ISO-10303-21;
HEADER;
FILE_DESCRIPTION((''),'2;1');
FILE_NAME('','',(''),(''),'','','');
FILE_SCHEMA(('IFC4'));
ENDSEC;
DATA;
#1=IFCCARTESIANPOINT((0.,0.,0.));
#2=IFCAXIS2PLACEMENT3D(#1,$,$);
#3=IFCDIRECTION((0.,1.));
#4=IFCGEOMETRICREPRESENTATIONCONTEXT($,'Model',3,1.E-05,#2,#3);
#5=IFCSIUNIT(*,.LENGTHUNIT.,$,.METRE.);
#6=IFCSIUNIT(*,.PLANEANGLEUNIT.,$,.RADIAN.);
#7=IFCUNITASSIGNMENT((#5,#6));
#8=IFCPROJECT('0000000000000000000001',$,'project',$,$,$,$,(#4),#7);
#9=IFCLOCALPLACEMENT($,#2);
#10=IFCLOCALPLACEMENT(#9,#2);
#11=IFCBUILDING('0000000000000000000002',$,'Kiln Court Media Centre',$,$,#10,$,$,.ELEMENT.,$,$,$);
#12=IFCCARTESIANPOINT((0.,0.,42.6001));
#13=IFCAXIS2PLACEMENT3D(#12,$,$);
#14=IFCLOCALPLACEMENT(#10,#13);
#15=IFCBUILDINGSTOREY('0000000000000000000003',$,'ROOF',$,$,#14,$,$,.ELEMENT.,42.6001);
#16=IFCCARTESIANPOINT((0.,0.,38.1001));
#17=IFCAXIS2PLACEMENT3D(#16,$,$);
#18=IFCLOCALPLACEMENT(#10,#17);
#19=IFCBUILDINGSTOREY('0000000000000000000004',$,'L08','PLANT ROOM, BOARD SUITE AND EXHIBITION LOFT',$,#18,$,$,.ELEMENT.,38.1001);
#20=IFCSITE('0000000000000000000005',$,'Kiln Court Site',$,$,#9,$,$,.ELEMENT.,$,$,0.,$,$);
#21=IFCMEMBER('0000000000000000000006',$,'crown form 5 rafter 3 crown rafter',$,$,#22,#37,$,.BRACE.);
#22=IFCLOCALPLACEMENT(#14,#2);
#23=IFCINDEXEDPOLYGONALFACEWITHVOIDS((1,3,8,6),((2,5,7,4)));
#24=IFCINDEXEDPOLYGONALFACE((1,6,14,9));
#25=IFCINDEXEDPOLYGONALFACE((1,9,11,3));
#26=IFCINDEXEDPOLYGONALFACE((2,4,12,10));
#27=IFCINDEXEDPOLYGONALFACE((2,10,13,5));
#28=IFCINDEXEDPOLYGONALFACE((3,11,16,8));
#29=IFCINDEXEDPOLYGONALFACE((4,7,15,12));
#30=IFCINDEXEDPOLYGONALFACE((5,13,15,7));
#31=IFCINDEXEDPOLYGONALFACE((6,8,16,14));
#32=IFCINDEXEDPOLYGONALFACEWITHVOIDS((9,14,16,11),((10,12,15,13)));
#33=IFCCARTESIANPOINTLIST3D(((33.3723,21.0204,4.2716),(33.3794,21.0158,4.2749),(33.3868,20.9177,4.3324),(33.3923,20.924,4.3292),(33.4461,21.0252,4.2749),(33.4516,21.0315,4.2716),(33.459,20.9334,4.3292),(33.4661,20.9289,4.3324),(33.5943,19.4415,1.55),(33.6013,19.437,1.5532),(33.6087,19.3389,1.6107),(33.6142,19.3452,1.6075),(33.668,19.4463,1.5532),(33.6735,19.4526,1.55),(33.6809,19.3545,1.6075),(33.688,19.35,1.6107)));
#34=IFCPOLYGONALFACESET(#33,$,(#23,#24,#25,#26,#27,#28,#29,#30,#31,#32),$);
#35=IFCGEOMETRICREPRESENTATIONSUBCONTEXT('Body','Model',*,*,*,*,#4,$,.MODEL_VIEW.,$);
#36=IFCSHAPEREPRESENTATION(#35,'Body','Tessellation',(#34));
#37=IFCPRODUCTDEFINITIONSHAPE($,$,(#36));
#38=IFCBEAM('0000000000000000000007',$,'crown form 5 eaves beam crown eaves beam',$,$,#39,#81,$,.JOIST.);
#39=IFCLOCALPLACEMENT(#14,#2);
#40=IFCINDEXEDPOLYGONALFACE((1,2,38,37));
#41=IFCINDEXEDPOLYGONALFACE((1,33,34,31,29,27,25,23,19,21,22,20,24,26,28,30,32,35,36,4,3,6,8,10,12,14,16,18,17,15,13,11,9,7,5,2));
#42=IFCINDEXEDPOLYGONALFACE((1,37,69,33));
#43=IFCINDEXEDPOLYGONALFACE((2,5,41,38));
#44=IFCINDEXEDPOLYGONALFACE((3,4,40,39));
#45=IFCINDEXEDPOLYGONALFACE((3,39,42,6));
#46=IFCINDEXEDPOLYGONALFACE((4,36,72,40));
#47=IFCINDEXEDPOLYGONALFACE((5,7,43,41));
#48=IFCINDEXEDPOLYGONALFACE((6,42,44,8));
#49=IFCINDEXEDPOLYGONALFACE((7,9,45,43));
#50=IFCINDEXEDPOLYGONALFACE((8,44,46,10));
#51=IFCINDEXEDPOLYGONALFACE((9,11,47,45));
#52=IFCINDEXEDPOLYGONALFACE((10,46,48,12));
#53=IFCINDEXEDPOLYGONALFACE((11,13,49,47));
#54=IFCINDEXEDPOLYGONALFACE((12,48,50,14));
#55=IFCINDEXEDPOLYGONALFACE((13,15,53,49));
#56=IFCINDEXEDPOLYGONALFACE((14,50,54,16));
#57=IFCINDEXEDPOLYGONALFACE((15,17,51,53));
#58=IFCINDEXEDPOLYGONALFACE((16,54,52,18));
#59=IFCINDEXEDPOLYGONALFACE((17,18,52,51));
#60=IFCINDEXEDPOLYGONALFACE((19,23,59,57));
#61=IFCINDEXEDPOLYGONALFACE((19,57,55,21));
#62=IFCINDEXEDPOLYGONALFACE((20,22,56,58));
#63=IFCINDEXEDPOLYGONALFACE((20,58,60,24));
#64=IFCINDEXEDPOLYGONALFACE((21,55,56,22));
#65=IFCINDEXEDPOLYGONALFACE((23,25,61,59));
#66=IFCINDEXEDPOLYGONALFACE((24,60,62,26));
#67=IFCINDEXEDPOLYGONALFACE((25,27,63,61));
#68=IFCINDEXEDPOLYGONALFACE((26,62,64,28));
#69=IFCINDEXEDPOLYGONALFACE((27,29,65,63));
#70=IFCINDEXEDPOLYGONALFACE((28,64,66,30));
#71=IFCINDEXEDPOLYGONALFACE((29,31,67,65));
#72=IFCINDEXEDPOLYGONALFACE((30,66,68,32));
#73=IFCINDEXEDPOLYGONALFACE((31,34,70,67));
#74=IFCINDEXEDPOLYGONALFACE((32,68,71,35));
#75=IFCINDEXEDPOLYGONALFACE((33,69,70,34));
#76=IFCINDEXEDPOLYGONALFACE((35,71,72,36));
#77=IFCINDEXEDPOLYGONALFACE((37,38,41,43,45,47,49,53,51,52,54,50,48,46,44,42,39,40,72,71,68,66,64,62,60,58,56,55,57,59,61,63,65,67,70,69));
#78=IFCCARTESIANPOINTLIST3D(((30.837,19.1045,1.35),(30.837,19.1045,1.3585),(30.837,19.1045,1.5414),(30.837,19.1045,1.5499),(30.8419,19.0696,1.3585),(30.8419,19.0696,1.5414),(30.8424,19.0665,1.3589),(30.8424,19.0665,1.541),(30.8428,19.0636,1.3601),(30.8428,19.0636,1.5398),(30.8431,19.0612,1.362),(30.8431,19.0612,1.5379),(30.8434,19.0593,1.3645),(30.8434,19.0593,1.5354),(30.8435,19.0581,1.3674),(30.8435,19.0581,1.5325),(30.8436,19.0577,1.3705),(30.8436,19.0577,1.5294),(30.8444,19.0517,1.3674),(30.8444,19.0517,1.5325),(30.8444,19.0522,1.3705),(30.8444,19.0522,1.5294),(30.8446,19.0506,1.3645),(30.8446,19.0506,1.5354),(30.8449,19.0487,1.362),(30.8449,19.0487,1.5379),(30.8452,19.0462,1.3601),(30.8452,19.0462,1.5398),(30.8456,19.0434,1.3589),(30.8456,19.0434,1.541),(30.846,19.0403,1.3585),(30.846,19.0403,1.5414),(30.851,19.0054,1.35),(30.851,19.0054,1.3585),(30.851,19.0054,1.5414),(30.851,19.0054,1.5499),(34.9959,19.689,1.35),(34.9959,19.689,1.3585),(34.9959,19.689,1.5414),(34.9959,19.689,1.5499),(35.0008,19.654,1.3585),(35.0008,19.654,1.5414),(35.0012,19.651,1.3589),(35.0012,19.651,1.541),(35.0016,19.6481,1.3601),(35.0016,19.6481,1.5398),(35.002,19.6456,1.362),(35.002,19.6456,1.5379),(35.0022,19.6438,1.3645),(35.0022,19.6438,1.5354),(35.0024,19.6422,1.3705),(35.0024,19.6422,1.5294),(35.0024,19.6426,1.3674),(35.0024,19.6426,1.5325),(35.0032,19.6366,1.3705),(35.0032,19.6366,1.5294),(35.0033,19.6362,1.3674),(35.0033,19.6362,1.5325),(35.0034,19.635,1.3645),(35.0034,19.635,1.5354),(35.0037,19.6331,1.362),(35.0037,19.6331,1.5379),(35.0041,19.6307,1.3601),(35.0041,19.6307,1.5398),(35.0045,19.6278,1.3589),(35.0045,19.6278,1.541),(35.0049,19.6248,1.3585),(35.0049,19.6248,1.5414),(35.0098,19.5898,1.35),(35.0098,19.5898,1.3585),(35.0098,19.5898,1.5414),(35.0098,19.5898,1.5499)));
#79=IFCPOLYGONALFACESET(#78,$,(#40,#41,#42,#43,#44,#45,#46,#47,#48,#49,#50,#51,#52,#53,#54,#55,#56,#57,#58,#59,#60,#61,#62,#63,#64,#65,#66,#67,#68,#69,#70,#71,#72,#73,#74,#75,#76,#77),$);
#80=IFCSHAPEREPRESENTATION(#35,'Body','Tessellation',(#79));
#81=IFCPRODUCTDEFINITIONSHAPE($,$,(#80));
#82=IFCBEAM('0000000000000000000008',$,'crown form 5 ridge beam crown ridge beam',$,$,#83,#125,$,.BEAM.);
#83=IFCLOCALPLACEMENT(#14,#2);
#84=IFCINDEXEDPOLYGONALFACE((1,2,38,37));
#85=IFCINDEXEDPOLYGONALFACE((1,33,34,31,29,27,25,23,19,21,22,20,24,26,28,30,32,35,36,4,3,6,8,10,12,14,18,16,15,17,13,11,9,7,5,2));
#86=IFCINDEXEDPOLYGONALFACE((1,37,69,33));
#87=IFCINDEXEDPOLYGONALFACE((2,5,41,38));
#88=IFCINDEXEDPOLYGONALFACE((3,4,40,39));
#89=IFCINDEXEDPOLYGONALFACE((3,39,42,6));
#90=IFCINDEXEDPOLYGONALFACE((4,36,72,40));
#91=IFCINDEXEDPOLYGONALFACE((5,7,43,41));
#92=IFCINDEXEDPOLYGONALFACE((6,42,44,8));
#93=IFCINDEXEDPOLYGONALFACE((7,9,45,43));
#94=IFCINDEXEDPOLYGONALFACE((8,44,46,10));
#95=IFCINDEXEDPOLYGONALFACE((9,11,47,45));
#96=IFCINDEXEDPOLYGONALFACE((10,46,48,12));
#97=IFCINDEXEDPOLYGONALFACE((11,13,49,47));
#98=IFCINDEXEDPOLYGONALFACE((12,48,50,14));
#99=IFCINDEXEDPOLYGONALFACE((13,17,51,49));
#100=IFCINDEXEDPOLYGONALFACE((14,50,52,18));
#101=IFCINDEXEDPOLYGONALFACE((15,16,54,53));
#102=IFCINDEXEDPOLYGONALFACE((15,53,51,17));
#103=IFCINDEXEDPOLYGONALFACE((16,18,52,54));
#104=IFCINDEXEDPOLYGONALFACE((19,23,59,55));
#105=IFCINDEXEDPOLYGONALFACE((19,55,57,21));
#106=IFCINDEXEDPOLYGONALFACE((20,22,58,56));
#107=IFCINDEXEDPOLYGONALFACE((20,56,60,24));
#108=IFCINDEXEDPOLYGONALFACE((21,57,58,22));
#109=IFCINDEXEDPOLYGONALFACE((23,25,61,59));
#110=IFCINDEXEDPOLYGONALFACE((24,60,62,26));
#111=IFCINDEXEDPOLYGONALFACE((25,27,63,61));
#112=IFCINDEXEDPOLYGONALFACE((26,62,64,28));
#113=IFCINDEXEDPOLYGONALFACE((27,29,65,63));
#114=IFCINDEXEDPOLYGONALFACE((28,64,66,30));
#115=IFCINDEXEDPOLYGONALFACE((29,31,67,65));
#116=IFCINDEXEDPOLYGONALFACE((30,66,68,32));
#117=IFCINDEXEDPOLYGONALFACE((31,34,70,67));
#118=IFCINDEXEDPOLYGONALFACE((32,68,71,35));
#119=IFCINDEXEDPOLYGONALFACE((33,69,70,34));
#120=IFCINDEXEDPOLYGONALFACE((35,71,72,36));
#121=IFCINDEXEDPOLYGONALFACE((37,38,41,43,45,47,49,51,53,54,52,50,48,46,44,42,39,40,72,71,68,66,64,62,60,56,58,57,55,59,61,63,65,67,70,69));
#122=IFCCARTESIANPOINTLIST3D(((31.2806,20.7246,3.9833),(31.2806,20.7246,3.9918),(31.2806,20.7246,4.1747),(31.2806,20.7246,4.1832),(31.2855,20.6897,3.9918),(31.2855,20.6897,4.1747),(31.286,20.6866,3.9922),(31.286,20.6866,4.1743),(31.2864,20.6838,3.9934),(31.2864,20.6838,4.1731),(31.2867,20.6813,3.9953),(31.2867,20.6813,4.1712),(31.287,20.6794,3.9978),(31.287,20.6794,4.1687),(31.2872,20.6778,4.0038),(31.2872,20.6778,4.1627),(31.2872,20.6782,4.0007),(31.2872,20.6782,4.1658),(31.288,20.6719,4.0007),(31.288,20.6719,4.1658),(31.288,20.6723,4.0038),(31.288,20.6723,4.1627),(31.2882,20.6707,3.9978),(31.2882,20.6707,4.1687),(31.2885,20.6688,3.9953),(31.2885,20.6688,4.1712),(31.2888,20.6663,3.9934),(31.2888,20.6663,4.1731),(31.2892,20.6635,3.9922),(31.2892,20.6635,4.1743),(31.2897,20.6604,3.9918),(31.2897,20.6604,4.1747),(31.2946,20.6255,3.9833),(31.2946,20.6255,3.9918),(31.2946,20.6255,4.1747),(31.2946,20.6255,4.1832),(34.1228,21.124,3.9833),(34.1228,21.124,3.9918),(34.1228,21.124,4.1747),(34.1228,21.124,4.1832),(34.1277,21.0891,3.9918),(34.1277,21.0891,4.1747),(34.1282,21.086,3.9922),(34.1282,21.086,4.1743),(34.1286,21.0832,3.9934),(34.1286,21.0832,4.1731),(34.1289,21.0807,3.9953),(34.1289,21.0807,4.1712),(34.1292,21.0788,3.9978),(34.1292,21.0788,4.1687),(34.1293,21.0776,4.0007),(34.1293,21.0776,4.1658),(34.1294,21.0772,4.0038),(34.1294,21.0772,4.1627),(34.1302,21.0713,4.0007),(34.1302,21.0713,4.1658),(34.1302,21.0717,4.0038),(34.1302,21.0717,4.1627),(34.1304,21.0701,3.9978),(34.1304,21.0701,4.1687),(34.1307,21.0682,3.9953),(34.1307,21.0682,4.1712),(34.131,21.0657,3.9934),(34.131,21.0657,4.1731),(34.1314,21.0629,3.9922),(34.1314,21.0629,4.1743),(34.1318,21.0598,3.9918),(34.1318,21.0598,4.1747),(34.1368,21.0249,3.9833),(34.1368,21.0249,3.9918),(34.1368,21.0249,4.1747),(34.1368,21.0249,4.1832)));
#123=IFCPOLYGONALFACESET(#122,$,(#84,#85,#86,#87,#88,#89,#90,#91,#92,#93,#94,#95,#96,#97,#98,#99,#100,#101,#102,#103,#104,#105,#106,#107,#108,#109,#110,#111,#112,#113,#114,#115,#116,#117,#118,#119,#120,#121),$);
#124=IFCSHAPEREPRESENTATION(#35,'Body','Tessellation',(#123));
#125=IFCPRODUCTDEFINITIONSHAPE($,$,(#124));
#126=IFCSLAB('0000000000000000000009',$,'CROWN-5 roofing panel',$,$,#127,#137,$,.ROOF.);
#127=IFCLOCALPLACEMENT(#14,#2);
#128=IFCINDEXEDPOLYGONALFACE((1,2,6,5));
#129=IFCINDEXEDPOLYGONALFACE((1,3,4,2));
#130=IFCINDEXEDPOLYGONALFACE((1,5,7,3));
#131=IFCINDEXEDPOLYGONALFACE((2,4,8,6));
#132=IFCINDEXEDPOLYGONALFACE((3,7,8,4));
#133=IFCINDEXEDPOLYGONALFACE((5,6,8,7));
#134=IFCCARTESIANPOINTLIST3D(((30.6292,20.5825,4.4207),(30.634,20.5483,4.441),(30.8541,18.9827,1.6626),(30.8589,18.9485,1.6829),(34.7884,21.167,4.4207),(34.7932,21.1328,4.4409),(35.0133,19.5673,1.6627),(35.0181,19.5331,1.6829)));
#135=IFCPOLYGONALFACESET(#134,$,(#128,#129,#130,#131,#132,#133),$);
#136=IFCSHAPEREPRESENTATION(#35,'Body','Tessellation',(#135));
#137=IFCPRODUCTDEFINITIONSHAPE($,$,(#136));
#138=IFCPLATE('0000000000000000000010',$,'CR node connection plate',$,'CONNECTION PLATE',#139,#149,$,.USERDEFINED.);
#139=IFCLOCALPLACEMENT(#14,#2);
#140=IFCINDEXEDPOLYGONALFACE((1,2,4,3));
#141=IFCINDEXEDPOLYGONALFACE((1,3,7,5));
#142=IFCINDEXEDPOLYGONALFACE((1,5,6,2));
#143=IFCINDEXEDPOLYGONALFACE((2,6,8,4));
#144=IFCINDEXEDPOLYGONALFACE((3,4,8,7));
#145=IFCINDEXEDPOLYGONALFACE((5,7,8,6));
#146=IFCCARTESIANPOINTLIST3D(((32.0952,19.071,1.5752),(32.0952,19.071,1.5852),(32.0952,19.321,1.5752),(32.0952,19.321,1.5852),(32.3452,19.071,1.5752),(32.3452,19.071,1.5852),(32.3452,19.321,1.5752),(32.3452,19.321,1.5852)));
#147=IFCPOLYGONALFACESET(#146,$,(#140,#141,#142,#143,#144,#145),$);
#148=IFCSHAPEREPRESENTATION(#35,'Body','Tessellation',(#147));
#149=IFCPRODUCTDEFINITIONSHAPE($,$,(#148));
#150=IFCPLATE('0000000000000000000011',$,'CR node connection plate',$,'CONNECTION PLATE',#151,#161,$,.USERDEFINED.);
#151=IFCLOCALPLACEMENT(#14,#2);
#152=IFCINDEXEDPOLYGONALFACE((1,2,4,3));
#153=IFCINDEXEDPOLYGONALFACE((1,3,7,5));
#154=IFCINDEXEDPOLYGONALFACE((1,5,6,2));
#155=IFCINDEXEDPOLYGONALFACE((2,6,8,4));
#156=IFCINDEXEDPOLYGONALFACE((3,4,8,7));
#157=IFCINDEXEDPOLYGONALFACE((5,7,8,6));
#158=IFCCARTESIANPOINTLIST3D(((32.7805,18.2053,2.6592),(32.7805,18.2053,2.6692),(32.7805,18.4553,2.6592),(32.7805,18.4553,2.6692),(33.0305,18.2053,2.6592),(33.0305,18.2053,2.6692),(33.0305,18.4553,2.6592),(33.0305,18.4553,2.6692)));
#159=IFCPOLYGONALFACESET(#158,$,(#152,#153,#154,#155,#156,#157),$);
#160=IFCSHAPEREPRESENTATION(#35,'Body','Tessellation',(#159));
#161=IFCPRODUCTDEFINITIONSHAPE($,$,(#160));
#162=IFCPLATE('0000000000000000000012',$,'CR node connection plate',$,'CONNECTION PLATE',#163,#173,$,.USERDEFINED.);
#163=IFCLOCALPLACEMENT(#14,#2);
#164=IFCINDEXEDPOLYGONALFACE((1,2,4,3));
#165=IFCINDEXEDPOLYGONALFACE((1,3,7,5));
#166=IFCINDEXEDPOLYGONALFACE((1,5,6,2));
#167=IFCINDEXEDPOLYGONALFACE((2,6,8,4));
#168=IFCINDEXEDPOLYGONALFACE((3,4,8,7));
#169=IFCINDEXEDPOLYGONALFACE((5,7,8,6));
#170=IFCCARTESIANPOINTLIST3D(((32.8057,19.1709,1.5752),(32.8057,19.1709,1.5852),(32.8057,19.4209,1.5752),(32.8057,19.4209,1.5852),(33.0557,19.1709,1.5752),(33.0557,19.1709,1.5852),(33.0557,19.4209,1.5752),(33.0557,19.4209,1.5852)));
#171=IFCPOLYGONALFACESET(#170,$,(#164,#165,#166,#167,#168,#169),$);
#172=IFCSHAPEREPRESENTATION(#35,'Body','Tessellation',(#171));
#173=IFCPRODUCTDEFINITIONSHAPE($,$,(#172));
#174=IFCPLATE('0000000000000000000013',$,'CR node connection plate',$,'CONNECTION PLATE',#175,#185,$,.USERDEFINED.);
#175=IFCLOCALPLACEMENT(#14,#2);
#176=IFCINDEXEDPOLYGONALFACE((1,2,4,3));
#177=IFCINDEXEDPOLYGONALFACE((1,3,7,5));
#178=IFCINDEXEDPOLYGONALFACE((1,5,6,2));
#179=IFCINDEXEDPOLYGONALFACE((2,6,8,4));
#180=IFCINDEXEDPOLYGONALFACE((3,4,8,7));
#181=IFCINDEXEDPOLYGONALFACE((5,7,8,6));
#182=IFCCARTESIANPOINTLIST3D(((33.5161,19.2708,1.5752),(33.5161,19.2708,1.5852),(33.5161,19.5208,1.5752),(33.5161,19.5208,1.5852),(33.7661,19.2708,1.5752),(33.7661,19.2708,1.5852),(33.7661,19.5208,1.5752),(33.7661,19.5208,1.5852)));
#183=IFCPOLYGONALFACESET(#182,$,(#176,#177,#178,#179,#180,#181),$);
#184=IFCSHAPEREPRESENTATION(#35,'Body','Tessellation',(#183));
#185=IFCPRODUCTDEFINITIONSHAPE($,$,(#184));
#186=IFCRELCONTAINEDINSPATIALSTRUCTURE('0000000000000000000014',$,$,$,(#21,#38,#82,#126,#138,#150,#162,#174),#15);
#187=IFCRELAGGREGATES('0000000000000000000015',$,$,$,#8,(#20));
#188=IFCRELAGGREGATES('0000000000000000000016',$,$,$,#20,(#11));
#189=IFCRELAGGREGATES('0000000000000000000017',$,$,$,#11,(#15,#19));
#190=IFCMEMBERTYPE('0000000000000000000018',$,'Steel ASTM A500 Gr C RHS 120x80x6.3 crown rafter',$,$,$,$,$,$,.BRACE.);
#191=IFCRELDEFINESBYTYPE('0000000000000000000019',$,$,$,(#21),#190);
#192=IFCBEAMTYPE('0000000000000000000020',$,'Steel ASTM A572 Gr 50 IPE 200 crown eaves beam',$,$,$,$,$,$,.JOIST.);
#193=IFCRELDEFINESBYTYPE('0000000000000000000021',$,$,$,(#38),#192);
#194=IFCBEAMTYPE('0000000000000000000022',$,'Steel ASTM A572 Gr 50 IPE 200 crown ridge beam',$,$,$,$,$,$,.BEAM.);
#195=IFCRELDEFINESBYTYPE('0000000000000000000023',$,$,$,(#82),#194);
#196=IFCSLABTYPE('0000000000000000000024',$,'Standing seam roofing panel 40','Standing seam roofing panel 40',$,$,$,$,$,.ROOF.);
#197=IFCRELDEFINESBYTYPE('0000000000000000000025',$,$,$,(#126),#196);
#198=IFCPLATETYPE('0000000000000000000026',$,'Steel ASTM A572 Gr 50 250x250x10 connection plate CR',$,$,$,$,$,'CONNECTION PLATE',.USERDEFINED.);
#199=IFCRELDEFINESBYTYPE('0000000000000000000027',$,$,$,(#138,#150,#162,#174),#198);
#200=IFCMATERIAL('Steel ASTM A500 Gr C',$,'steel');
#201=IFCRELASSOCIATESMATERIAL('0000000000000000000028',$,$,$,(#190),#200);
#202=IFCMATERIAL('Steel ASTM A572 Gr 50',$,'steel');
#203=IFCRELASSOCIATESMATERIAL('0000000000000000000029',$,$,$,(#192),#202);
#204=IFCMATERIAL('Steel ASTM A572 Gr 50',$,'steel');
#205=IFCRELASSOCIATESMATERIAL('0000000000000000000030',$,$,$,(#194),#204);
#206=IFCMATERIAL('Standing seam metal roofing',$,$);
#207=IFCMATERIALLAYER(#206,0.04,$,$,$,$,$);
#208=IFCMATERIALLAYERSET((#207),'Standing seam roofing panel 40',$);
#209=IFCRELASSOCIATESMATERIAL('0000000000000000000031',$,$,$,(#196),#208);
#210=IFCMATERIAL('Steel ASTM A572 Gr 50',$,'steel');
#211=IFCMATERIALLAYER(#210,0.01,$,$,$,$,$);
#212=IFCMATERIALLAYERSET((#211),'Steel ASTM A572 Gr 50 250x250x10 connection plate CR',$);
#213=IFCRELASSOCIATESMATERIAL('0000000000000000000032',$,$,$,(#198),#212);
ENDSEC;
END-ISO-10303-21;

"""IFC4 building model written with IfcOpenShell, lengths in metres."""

from ifc_helpers import new_model, si_unit, direction, frame, origin, origin_2d, place, context, subcontext, project, spatial, polyline, rectangle, hollow_rectangle, i_section, outline, extrude, material, layer, layer_set, material_profile, profile_set, type_object, element, save


model = new_model("IFC4")

# Units and contexts
model_context = context("Model", 3, precision=1e-05, world=origin(), true_north=direction((0.0, 1.0)))
body_context = subcontext(model_context, "Body", "Model", "MODEL_VIEW")
ifc_project = project(units=[si_unit("LENGTHUNIT", "METRE"), si_unit("PLANEANGLEUNIT", "RADIAN")], contexts=[model_context])

# Site, building, storey
site_placement = place(None, origin())
site = spatial("IfcSite", under=ifc_project, at=site_placement, Name="Kiln Court Site", CompositionType="ELEMENT", RefElevation=0.0)
building_placement = place(site_placement, origin())
building = spatial("IfcBuilding", under=site, at=building_placement, Name="Kiln Court Media Centre", CompositionType="ELEMENT")
storey_1_placement = place(building_placement, frame((0.0, 0.0, 42.6001)))
storey_1 = spatial("IfcBuildingStorey", under=building, at=storey_1_placement, Name="ROOF", CompositionType="ELEMENT", Elevation=42.6001)

# Member
ifc_material_1 = material(Name="Steel ASTM A500 Gr C", Category="steel")
ifc_material_profile_1 = material_profile(ifc_material_1, hollow_rectangle(XDim=0.0801, YDim=0.1201, WallThickness=0.0063, at=origin_2d()), Name="RHS 120x80x6.3")
ifc_profile_set_1 = profile_set([ifc_material_profile_1], Name="Steel ASTM A500 Gr C")
member_type = type_object("IfcMemberType", Name="Steel ASTM A500 Gr C RHS 120x80x6.3 crown rafter", PredefinedType="BRACE", material=ifc_profile_set_1)
for number, where, z_axis, x_axis, name in (
    (1, (33.6411, 19.3958, 1.5803), (-0.070356, 0.500542, 0.862849), (-0.990265, -0.139191, 0.0), "crown form 5 rafter 3 crown rafter"),
):
    element("IfcMember", number, at=place(storey_1_placement, frame(where, z_axis=z_axis, x_axis=x_axis)), inside=storey_1, type_object=member_type, Name=name, PredefinedType="BRACE", context=body_context, shape_type="SweptSolid", body=[
        extrude(hollow_rectangle(XDim=0.0801, YDim=0.1201, WallThickness=0.0063, at=origin_2d()), origin(), (0.0, 0.0, 1.0), 3.1543),
    ])

# Beams
ifc_material_2 = material(Name="Steel ASTM A572 Gr 50", Category="steel")
ifc_material_profile_2 = material_profile(ifc_material_2, i_section(OverallWidth=0.1001, OverallDepth=0.2, WebThickness=0.0056, FlangeThickness=0.0085, FilletRadius=0.012, at=origin_2d()), Name="IPE 200")
ifc_profile_set_2 = profile_set([ifc_material_profile_2], Name="Steel ASTM A572 Gr 50")
beam_type_1 = type_object("IfcBeamType", Name="Steel ASTM A572 Gr 50 IPE 200 crown eaves beam", PredefinedType="JOIST", material=ifc_profile_set_2)
beam_1_placement = place(storey_1_placement, frame((30.844, 19.0549, 1.45), z_axis=(0.990269, 0.139167, 0.0), x_axis=(-0.139167, 0.990269, 0.0)))
element("IfcBeam", 2, at=beam_1_placement, inside=storey_1, type_object=beam_type_1, Name="crown form 5 eaves beam crown eaves beam", PredefinedType="JOIST", context=body_context, shape_type="SweptSolid", body=[
    extrude(i_section(OverallWidth=0.1001, OverallDepth=0.2, WebThickness=0.0056, FlangeThickness=0.0085, FilletRadius=0.012, at=origin_2d()), origin(), (0.0, 0.0, 1.0), 4.1997),
])
ifc_material_3 = material(Name="Steel ASTM A572 Gr 50", Category="steel")
ifc_material_profile_3 = material_profile(ifc_material_3, i_section(OverallWidth=0.1001, OverallDepth=0.2, WebThickness=0.0056, FlangeThickness=0.0085, FilletRadius=0.012, at=origin_2d()), Name="IPE 200")
ifc_profile_set_3 = profile_set([ifc_material_profile_3], Name="Steel ASTM A572 Gr 50")
beam_type_2 = type_object("IfcBeamType", Name="Steel ASTM A572 Gr 50 IPE 200 crown ridge beam", PredefinedType="BEAM", material=ifc_profile_set_3)
beam_2_placement = place(storey_1_placement, frame((31.2876, 20.675, 4.0833), z_axis=(0.99027, 0.139158, 0.0), x_axis=(-0.139158, 0.99027, 0.0)))
element("IfcBeam", 3, at=beam_2_placement, inside=storey_1, type_object=beam_type_2, Name="crown form 5 ridge beam crown ridge beam", PredefinedType="BEAM", context=body_context, shape_type="SweptSolid", body=[
    extrude(i_section(OverallWidth=0.1001, OverallDepth=0.2, WebThickness=0.0056, FlangeThickness=0.0085, FilletRadius=0.012, at=origin_2d()), origin(), (0.0, 0.0, 1.0), 2.8701),
])

# Slab
ifc_material_4 = material(Name="Standing seam metal roofing")
ifc_layer_1 = layer(ifc_material_4, 0.04)
ifc_layer_set_1 = layer_set([ifc_layer_1], Name="Standing seam roofing panel 40")
slab_type = type_object("IfcSlabType", Name="Standing seam roofing panel 40", Description="Standing seam roofing panel 40", PredefinedType="ROOF", material=ifc_layer_set_1)
slab_placement = place(storey_1_placement, frame((30.8589, 18.9485, 1.6829), z_axis=(0.120102, -0.854481, 0.505409), x_axis=(0.990265, 0.139194, 0.000013)))
element("IfcSlab", 4, at=slab_placement, inside=storey_1, type_object=slab_type, Name="CROWN-5 roofing panel", PredefinedType="ROOF", context=body_context, shape_type="SweptSolid", body=[
    extrude(outline(polyline([(0.0, 0.0), (4.2001, 0.0), (4.2001, 3.1963), (0.0001, 3.1964), (0.0, 0.0)])), origin(), (0.0, 0.0, -1.0), 0.04),
])

# Plates
ifc_material_5 = material(Name="Steel ASTM A572 Gr 50", Category="steel")
ifc_layer_2 = layer(ifc_material_5, 0.01)
ifc_layer_set_2 = layer_set([ifc_layer_2], Name="Steel ASTM A572 Gr 50 250x250x10 connection plate CR")
plate_type_1 = type_object("IfcPlateType", Name="Steel ASTM A572 Gr 50 250x250x10 connection plate CR", ElementType="CONNECTION PLATE", PredefinedType="USERDEFINED", material=ifc_layer_set_2)
for number, where, z_axis, x_axis, name in (
    (5, (32.2202, 19.196, 1.5752), (0.0, 0.0, 1.0), (1.0, 0.0, 0.0), "CR node connection plate"),
    (6, (32.9055, 18.3303, 2.6592), (0.0, 0.0, 1.0), (1.0, 0.0, 0.0), "CR node connection plate"),
    (7, (32.9307, 19.2959, 1.5752), (0.0, 0.0, 1.0), (1.0, 0.0, 0.0), "CR node connection plate"),
    (8, (33.6411, 19.3958, 1.5752), (0.0, 0.0, 1.0), (1.0, 0.0, 0.0), "CR node connection plate"),
):
    element("IfcPlate", number, at=place(storey_1_placement, frame(where, z_axis=z_axis, x_axis=x_axis)), inside=storey_1, type_object=plate_type_1, Name=name, ObjectType="CONNECTION PLATE", PredefinedType="USERDEFINED", context=body_context, shape_type="SweptSolid", body=[
        extrude(rectangle(XDim=0.25, YDim=0.25, at=origin_2d()), origin(), (0.0, 0.0, 1.0), 0.01),
    ])

# Shared definitions
storey_2_placement = place(building_placement, frame((0.0, 0.0, 38.1001)))
storey_2 = spatial("IfcBuildingStorey", under=building, at=storey_2_placement, Name="L08", Description="PLANT ROOM, BOARD SUITE AND EXHIBITION LOFT", CompositionType="ELEMENT", Elevation=38.1001)

save(model, "model.ifc")
